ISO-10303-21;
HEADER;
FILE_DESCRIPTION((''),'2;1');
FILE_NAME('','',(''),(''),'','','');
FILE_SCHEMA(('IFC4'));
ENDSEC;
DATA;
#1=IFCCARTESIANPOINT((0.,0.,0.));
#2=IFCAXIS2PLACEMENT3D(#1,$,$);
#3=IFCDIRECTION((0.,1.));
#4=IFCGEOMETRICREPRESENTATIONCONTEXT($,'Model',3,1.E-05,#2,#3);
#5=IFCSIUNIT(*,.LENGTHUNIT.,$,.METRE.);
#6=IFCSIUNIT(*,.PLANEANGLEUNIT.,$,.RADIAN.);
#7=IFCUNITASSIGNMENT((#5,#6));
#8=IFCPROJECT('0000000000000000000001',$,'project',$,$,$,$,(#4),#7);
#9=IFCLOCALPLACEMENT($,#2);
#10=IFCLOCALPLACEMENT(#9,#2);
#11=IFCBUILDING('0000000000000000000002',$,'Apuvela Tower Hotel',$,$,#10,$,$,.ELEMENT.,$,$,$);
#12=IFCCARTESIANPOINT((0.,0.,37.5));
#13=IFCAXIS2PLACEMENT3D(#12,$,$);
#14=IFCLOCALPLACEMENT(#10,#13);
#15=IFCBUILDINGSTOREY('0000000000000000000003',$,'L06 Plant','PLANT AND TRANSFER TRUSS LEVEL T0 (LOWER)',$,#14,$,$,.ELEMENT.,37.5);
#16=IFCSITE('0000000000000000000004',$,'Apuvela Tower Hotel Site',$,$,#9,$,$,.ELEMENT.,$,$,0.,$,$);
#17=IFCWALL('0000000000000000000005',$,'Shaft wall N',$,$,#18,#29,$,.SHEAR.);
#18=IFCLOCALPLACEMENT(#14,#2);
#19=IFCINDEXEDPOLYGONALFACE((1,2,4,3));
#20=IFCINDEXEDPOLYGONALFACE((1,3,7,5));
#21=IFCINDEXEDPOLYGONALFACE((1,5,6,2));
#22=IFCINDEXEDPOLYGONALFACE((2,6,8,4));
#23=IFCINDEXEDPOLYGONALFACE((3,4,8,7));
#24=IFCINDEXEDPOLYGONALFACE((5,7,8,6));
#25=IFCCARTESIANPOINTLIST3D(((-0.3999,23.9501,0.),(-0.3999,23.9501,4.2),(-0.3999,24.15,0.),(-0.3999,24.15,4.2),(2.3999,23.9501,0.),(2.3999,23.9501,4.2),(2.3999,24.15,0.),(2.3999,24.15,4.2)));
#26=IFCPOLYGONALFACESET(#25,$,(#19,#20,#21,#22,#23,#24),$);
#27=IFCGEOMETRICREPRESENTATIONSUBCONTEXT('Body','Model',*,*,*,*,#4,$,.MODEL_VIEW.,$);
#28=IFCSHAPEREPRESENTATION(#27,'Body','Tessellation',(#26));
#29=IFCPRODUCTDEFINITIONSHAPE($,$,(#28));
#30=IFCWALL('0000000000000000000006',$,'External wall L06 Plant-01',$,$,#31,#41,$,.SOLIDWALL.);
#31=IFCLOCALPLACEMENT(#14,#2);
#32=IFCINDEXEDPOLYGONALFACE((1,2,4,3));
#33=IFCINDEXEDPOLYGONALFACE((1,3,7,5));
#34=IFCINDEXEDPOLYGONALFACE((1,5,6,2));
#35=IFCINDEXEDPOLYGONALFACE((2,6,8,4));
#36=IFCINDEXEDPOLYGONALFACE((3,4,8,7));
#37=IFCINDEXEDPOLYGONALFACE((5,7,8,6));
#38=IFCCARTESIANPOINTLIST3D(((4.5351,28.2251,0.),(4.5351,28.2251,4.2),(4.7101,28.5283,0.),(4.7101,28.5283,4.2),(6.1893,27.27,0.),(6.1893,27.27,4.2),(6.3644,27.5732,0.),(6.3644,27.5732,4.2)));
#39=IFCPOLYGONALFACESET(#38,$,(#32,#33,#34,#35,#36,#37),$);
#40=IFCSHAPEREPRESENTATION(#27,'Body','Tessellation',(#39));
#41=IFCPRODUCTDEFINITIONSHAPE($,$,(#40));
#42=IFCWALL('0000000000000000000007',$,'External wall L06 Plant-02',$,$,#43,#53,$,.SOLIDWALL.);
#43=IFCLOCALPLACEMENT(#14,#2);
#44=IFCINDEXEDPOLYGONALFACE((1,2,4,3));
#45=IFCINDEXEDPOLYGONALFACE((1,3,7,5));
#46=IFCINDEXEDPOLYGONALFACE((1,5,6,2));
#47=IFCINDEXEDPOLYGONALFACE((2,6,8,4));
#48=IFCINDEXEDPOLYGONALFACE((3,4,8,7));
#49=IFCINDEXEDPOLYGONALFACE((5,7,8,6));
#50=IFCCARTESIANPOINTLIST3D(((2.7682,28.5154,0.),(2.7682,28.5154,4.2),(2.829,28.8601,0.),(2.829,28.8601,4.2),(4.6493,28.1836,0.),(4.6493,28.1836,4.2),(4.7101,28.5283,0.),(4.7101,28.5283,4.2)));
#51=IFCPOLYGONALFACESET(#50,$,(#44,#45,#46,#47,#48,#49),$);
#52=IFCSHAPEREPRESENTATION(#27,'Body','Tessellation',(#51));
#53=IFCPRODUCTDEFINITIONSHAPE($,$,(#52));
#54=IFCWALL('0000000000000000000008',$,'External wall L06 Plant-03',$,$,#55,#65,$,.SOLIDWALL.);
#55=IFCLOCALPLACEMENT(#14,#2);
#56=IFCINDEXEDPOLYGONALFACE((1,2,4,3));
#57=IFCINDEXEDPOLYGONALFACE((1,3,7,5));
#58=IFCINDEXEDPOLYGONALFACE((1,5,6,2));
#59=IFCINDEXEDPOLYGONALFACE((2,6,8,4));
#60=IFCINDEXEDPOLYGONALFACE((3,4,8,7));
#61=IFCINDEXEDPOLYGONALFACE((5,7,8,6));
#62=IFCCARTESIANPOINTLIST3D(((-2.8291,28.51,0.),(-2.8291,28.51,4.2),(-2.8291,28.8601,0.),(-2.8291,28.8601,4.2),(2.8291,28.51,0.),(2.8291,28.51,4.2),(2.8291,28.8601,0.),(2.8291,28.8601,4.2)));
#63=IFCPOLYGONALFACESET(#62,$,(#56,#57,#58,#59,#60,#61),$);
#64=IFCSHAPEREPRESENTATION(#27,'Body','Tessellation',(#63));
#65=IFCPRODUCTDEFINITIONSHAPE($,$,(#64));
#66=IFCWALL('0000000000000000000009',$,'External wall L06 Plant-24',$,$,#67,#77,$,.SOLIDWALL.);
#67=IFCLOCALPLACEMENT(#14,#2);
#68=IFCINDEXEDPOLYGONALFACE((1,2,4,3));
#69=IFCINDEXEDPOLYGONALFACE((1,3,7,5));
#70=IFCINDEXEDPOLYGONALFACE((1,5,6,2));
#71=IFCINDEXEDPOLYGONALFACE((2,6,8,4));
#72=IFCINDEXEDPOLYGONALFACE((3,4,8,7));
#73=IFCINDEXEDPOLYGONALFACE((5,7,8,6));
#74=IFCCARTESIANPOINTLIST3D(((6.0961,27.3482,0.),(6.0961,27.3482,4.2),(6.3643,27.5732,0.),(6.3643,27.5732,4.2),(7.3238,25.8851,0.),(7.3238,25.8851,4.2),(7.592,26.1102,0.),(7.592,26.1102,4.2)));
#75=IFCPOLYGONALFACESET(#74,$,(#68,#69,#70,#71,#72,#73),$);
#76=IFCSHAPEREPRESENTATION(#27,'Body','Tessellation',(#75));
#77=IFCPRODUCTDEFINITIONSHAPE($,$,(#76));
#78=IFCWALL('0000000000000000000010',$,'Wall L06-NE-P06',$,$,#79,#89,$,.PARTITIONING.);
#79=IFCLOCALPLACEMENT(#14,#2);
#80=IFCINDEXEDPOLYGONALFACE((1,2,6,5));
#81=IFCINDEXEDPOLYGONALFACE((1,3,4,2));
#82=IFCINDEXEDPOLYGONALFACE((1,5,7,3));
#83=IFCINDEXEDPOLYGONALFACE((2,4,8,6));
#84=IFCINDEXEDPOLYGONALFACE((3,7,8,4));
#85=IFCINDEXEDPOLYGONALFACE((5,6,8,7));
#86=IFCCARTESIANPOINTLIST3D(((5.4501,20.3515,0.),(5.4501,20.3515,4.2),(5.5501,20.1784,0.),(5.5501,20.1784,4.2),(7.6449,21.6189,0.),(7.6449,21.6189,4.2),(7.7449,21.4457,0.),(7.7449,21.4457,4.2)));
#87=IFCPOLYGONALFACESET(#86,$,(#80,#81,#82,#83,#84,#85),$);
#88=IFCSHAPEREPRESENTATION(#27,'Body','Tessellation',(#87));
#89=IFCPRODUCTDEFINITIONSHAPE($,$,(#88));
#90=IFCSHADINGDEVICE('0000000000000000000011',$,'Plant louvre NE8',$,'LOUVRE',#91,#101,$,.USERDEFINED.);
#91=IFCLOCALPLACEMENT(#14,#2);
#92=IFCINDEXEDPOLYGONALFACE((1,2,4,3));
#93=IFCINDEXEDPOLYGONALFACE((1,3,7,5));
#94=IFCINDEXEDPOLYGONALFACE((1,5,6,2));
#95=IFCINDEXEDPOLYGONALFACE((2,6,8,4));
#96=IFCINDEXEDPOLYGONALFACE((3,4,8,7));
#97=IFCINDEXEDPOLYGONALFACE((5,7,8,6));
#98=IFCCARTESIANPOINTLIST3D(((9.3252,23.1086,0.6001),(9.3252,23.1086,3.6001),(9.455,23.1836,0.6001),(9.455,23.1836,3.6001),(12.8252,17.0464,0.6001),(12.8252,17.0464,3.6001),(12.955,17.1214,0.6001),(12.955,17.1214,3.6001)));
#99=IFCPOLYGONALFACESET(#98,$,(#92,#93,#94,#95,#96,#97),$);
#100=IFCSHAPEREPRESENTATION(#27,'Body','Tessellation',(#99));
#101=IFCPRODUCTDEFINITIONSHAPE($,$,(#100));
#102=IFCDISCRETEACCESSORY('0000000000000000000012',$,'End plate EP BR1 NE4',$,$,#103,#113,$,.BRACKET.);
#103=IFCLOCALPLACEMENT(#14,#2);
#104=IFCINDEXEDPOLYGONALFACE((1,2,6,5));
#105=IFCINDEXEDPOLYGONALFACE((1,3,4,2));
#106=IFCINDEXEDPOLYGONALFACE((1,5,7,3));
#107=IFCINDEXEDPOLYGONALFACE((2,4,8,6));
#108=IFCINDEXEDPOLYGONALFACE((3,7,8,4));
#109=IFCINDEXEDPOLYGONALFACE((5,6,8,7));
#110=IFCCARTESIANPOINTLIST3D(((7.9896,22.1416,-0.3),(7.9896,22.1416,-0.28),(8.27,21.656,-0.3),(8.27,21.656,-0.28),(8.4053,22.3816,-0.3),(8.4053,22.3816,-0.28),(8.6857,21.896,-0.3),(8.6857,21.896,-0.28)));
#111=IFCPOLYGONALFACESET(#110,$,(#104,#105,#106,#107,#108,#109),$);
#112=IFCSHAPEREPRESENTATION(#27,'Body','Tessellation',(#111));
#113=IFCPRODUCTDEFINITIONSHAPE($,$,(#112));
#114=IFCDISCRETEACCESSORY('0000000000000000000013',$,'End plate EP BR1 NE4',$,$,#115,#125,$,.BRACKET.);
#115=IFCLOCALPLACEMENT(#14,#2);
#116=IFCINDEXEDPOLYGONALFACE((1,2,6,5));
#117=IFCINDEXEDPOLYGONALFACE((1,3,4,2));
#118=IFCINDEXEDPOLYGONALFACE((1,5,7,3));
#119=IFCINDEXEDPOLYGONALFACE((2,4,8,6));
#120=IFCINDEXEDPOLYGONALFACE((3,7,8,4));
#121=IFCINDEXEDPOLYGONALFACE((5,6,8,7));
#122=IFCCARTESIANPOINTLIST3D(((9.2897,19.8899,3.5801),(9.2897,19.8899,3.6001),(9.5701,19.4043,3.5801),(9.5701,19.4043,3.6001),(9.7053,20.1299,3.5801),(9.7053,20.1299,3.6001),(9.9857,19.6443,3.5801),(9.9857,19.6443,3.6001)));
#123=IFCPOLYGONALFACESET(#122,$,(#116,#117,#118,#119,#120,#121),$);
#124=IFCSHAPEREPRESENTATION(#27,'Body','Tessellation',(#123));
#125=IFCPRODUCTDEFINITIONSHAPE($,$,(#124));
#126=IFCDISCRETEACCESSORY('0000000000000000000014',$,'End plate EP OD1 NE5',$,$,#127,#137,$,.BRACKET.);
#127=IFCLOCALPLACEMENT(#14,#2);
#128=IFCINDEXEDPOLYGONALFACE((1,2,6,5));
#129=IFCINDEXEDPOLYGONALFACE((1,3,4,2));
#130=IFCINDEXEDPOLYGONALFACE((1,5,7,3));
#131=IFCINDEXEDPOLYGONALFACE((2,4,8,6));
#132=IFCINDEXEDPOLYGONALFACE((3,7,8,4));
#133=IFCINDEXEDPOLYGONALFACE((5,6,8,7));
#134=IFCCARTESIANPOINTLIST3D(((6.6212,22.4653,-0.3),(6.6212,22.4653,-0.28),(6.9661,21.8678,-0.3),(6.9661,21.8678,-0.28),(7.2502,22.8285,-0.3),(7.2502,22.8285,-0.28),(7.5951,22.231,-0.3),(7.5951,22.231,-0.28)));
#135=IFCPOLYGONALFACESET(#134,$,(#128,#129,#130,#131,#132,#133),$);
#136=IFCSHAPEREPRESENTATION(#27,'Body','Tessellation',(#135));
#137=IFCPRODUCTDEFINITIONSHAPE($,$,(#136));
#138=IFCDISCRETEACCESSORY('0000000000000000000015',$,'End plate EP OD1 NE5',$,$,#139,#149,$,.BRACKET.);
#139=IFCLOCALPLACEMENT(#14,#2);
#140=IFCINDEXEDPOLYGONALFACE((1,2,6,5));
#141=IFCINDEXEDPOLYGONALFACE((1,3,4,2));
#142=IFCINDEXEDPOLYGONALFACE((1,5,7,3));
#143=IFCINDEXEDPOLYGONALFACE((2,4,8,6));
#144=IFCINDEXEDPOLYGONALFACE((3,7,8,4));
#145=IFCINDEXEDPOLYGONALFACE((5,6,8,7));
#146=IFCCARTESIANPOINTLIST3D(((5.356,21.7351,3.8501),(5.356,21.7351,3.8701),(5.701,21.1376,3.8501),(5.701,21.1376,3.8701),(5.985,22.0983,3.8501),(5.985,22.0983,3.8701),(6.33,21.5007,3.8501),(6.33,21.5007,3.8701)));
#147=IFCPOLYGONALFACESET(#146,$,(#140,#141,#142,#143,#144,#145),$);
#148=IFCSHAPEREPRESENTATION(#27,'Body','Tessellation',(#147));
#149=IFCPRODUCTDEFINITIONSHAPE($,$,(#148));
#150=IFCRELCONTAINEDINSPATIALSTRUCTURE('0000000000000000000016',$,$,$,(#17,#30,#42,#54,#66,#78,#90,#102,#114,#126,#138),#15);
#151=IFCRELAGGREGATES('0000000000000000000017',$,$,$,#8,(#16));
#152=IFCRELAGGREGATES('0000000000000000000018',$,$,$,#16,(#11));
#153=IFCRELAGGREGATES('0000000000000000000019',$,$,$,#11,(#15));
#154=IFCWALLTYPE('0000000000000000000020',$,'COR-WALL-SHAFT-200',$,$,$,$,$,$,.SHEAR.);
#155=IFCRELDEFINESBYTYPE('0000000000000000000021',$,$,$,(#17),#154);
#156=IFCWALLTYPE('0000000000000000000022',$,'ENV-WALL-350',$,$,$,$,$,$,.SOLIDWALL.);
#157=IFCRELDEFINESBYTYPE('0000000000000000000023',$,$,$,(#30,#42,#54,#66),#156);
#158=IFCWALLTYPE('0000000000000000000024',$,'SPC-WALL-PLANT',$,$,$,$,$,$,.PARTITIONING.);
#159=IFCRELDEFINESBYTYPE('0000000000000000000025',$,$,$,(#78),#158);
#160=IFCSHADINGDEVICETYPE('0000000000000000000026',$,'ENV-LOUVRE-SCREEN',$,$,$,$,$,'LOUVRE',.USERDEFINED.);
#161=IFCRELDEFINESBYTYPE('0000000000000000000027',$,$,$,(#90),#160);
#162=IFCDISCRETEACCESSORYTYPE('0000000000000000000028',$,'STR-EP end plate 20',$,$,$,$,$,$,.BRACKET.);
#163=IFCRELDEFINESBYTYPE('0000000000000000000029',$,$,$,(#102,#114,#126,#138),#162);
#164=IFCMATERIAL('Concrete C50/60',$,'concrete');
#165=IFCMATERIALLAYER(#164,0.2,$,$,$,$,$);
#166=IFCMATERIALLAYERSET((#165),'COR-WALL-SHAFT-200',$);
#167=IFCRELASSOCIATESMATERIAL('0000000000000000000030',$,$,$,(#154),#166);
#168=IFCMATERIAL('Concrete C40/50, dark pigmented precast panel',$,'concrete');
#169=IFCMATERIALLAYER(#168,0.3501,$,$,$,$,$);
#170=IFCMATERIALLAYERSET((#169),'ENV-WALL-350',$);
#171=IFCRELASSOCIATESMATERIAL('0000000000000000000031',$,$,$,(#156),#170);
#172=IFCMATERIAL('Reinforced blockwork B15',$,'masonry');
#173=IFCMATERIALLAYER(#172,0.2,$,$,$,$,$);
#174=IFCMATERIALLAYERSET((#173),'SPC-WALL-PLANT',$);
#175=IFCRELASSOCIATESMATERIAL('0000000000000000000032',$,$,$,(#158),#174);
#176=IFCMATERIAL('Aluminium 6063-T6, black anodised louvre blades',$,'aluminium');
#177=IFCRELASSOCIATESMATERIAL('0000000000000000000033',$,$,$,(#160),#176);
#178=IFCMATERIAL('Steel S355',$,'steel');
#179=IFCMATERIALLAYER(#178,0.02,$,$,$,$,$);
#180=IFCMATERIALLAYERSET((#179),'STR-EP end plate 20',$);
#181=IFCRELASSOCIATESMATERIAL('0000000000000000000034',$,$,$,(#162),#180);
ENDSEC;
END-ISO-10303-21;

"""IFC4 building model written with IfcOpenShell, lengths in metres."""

from ifc_helpers import new_model, si_unit, direction, frame, frame_2d, origin, origin_2d, place, context, subcontext, project, spatial, rectangle, extrude, material, layer, layer_set, type_object, element, save


model = new_model("IFC4")

# Units and contexts
model_context = context("Model", 3, precision=1e-05, world=origin(), true_north=direction((0.0, 1.0)))
body_context = subcontext(model_context, "Body", "Model", "MODEL_VIEW")
ifc_project = project(units=[si_unit("LENGTHUNIT", "METRE"), si_unit("PLANEANGLEUNIT", "RADIAN")], contexts=[model_context])

# Site, building, storey
site_placement = place(None, origin())
site = spatial("IfcSite", under=ifc_project, at=site_placement, Name="Apuvela Tower Hotel Site", CompositionType="ELEMENT", RefElevation=0.0)
building_placement = place(site_placement, origin())
building = spatial("IfcBuilding", under=site, at=building_placement, Name="Apuvela Tower Hotel", CompositionType="ELEMENT")
storey_placement = place(building_placement, frame((0.0, 0.0, 37.5)))
storey = spatial("IfcBuildingStorey", under=building, at=storey_placement, Name="L06 Plant", Description="PLANT AND TRANSFER TRUSS LEVEL T0 (LOWER)", CompositionType="ELEMENT", Elevation=37.5)

# Shared definitions
ifc_material_1 = material(Name="Steel S355", Category="steel")

# Walls
ifc_material_2 = material(Name="Concrete C50/60", Category="concrete")
ifc_layer_1 = layer(ifc_material_2, 0.2)
ifc_layer_set_1 = layer_set([ifc_layer_1], Name="COR-WALL-SHAFT-200")
wall_type_1 = type_object("IfcWallType", Name="COR-WALL-SHAFT-200", PredefinedType="SHEAR", material=ifc_layer_set_1)
wall_1_placement = place(storey_placement, frame((2.3999, 24.05, 0.0), z_axis=(0.0, 0.0, 1.0), x_axis=(-1.0, 0.0, 0.0)))
element("IfcWall", 1, at=wall_1_placement, inside=storey, type_object=wall_type_1, Name="Shaft wall N", PredefinedType="SHEAR", context=body_context, shape_type="SweptSolid", body=[
    extrude(rectangle(XDim=2.7998, YDim=0.2, at=frame_2d((1.3999, 0.0))), origin(), (0.0, 0.0, 1.0), 4.2),
])
ifc_material_3 = material(Name="Concrete C40/50, dark pigmented precast panel", Category="concrete")
ifc_layer_2 = layer(ifc_material_3, 0.3501)
ifc_layer_set_2 = layer_set([ifc_layer_2], Name="ENV-WALL-350")
wall_type_2 = type_object("IfcWallType", Name="ENV-WALL-350", PredefinedType="SOLIDWALL", material=ifc_layer_set_2)
for number, where, z_axis, x_axis, name in (
    (2, (6.2769, 27.4216, 0.0), (0.0, 0.0, 1.0), (-0.866032, 0.499988, 0.0), "External wall L06 Plant-01"),
    (3, (4.6797, 28.356, 0.0), (0.0, 0.0, 1.0), (-0.984799, 0.173698, 0.0), "External wall L06 Plant-02"),
):
    element("IfcWall", number, at=place(storey_placement, frame(where, z_axis=z_axis, x_axis=x_axis)), inside=storey, type_object=wall_type_2, Name=name, PredefinedType="SOLIDWALL", context=body_context, shape_type="SweptSolid", body=[
        extrude(rectangle(XDim=1.9102, YDim=0.3501, at=frame_2d((0.9551, 0.0))), origin(), (0.0, 0.0, 1.0), 4.2),
    ])
wall_2_placement = place(storey_placement, frame((2.8291, 28.6851, 0.0), z_axis=(0.0, 0.0, 1.0), x_axis=(-1.0, 0.0, 0.0)))
element("IfcWall", 4, at=wall_2_placement, inside=storey, type_object=wall_type_2, Name="External wall L06 Plant-03", PredefinedType="SOLIDWALL", context=body_context, shape_type="SweptSolid", body=[
    extrude(rectangle(XDim=5.6582, YDim=0.3501, at=frame_2d((2.8291, 0.0))), origin(), (0.0, 0.0, 1.0), 4.2),
])
wall_3_placement = place(storey_placement, frame((7.458, 25.9976, 0.0), z_axis=(0.0, 0.0, 1.0), x_axis=(-0.642808, 0.766027, 0.0)))
element("IfcWall", 5, at=wall_3_placement, inside=storey, type_object=wall_type_2, Name="External wall L06 Plant-24", PredefinedType="SOLIDWALL", context=body_context, shape_type="SweptSolid", body=[
    extrude(rectangle(XDim=1.9099, YDim=0.3501, at=frame_2d((0.9551, 0.0))), origin(), (0.0, 0.0, 1.0), 4.2),
])
ifc_material_4 = material(Name="Reinforced blockwork B15", Category="masonry")
ifc_layer_3 = layer(ifc_material_4, 0.2)
ifc_layer_set_3 = layer_set([ifc_layer_3], Name="SPC-WALL-PLANT")
wall_type_3 = type_object("IfcWallType", Name="SPC-WALL-PLANT", PredefinedType="PARTITIONING", material=ifc_layer_set_3)
wall_4_placement = place(storey_placement, frame((7.6948, 21.5322, 0.0), z_axis=(0.0, 0.0, 1.0), x_axis=(-0.865999, -0.500045, 0.0)))
element("IfcWall", 6, at=wall_4_placement, inside=storey, type_object=wall_type_3, Name="Wall L06-NE-P06", PredefinedType="PARTITIONING", context=body_context, shape_type="SweptSolid", body=[
    extrude(rectangle(XDim=2.5344, YDim=0.2, at=frame_2d((1.2671, 0.0))), origin(), (0.0, 0.0, 1.0), 4.2),
])

# Shading device
ifc_material_5 = material(Name="Aluminium 6063-T6, black anodised louvre blades", Category="aluminium")
shading_device_type = type_object("IfcShadingDeviceType", Name="ENV-LOUVRE-SCREEN", ElementType="LOUVRE", PredefinedType="USERDEFINED", material=ifc_material_5)
shading_device_placement = place(storey_placement, frame((11.1401, 20.115, 0.6001), z_axis=(0.0, 0.0, 1.0), x_axis=(-0.5, 0.866025, 0.0)))
element("IfcShadingDevice", 7, at=shading_device_placement, inside=storey, type_object=shading_device_type, Name="Plant louvre NE8", ObjectType="LOUVRE", PredefinedType="USERDEFINED", context=body_context, shape_type="SweptSolid", body=[
    extrude(rectangle(XDim=7.0, YDim=0.1499, at=origin_2d()), origin(), (0.0, 0.0, 1.0), 3.0),
])

# Discrete accessories
ifc_layer_4 = layer(ifc_material_1, 0.02)
ifc_layer_set_4 = layer_set([ifc_layer_4], Name="STR-EP end plate 20")
discrete_accessory_type = type_object("IfcDiscreteAccessoryType", Name="STR-EP end plate 20", PredefinedType="BRACKET", material=ifc_layer_set_4)
for number, where, z_axis, x_axis, name in (
    (8, (8.3376, 22.0188, -0.3), (0.0, 0.0, 1.0), (0.5, -0.866025, 0.0), "End plate EP BR1 NE4"),
    (9, (9.6377, 19.7671, 3.5801), (0.0, 0.0, 1.0), (0.5, -0.866025, 0.0), "End plate EP BR1 NE4"),
):
    element("IfcDiscreteAccessory", number, at=place(storey_placement, frame(where, z_axis=z_axis, x_axis=x_axis)), inside=storey, type_object=discrete_accessory_type, Name=name, PredefinedType="BRACKET", context=body_context, shape_type="SweptSolid", body=[
        extrude(rectangle(XDim=0.5608, YDim=0.48, at=origin_2d()), origin(), (0.0, 0.0, 1.0), 0.02),
    ])
for number, where, z_axis, x_axis, name in (
    (10, (7.1082, 22.3481, -0.3), (0.0, 0.0, 1.0), (-0.866025, -0.5, 0.0), "End plate EP OD1 NE5"),
    (11, (5.843, 21.6179, 3.8501), (0.0, 0.0, 1.0), (-0.866025, -0.5, 0.0), "End plate EP OD1 NE5"),
):
    element("IfcDiscreteAccessory", number, at=place(storey_placement, frame(where, z_axis=z_axis, x_axis=x_axis)), inside=storey, type_object=discrete_accessory_type, Name=name, PredefinedType="BRACKET", context=body_context, shape_type="SweptSolid", body=[
        extrude(rectangle(XDim=0.7263, YDim=0.6899, at=origin_2d()), origin(), (0.0, 0.0, 1.0), 0.02),
    ])

save(model, "model.ifc")
